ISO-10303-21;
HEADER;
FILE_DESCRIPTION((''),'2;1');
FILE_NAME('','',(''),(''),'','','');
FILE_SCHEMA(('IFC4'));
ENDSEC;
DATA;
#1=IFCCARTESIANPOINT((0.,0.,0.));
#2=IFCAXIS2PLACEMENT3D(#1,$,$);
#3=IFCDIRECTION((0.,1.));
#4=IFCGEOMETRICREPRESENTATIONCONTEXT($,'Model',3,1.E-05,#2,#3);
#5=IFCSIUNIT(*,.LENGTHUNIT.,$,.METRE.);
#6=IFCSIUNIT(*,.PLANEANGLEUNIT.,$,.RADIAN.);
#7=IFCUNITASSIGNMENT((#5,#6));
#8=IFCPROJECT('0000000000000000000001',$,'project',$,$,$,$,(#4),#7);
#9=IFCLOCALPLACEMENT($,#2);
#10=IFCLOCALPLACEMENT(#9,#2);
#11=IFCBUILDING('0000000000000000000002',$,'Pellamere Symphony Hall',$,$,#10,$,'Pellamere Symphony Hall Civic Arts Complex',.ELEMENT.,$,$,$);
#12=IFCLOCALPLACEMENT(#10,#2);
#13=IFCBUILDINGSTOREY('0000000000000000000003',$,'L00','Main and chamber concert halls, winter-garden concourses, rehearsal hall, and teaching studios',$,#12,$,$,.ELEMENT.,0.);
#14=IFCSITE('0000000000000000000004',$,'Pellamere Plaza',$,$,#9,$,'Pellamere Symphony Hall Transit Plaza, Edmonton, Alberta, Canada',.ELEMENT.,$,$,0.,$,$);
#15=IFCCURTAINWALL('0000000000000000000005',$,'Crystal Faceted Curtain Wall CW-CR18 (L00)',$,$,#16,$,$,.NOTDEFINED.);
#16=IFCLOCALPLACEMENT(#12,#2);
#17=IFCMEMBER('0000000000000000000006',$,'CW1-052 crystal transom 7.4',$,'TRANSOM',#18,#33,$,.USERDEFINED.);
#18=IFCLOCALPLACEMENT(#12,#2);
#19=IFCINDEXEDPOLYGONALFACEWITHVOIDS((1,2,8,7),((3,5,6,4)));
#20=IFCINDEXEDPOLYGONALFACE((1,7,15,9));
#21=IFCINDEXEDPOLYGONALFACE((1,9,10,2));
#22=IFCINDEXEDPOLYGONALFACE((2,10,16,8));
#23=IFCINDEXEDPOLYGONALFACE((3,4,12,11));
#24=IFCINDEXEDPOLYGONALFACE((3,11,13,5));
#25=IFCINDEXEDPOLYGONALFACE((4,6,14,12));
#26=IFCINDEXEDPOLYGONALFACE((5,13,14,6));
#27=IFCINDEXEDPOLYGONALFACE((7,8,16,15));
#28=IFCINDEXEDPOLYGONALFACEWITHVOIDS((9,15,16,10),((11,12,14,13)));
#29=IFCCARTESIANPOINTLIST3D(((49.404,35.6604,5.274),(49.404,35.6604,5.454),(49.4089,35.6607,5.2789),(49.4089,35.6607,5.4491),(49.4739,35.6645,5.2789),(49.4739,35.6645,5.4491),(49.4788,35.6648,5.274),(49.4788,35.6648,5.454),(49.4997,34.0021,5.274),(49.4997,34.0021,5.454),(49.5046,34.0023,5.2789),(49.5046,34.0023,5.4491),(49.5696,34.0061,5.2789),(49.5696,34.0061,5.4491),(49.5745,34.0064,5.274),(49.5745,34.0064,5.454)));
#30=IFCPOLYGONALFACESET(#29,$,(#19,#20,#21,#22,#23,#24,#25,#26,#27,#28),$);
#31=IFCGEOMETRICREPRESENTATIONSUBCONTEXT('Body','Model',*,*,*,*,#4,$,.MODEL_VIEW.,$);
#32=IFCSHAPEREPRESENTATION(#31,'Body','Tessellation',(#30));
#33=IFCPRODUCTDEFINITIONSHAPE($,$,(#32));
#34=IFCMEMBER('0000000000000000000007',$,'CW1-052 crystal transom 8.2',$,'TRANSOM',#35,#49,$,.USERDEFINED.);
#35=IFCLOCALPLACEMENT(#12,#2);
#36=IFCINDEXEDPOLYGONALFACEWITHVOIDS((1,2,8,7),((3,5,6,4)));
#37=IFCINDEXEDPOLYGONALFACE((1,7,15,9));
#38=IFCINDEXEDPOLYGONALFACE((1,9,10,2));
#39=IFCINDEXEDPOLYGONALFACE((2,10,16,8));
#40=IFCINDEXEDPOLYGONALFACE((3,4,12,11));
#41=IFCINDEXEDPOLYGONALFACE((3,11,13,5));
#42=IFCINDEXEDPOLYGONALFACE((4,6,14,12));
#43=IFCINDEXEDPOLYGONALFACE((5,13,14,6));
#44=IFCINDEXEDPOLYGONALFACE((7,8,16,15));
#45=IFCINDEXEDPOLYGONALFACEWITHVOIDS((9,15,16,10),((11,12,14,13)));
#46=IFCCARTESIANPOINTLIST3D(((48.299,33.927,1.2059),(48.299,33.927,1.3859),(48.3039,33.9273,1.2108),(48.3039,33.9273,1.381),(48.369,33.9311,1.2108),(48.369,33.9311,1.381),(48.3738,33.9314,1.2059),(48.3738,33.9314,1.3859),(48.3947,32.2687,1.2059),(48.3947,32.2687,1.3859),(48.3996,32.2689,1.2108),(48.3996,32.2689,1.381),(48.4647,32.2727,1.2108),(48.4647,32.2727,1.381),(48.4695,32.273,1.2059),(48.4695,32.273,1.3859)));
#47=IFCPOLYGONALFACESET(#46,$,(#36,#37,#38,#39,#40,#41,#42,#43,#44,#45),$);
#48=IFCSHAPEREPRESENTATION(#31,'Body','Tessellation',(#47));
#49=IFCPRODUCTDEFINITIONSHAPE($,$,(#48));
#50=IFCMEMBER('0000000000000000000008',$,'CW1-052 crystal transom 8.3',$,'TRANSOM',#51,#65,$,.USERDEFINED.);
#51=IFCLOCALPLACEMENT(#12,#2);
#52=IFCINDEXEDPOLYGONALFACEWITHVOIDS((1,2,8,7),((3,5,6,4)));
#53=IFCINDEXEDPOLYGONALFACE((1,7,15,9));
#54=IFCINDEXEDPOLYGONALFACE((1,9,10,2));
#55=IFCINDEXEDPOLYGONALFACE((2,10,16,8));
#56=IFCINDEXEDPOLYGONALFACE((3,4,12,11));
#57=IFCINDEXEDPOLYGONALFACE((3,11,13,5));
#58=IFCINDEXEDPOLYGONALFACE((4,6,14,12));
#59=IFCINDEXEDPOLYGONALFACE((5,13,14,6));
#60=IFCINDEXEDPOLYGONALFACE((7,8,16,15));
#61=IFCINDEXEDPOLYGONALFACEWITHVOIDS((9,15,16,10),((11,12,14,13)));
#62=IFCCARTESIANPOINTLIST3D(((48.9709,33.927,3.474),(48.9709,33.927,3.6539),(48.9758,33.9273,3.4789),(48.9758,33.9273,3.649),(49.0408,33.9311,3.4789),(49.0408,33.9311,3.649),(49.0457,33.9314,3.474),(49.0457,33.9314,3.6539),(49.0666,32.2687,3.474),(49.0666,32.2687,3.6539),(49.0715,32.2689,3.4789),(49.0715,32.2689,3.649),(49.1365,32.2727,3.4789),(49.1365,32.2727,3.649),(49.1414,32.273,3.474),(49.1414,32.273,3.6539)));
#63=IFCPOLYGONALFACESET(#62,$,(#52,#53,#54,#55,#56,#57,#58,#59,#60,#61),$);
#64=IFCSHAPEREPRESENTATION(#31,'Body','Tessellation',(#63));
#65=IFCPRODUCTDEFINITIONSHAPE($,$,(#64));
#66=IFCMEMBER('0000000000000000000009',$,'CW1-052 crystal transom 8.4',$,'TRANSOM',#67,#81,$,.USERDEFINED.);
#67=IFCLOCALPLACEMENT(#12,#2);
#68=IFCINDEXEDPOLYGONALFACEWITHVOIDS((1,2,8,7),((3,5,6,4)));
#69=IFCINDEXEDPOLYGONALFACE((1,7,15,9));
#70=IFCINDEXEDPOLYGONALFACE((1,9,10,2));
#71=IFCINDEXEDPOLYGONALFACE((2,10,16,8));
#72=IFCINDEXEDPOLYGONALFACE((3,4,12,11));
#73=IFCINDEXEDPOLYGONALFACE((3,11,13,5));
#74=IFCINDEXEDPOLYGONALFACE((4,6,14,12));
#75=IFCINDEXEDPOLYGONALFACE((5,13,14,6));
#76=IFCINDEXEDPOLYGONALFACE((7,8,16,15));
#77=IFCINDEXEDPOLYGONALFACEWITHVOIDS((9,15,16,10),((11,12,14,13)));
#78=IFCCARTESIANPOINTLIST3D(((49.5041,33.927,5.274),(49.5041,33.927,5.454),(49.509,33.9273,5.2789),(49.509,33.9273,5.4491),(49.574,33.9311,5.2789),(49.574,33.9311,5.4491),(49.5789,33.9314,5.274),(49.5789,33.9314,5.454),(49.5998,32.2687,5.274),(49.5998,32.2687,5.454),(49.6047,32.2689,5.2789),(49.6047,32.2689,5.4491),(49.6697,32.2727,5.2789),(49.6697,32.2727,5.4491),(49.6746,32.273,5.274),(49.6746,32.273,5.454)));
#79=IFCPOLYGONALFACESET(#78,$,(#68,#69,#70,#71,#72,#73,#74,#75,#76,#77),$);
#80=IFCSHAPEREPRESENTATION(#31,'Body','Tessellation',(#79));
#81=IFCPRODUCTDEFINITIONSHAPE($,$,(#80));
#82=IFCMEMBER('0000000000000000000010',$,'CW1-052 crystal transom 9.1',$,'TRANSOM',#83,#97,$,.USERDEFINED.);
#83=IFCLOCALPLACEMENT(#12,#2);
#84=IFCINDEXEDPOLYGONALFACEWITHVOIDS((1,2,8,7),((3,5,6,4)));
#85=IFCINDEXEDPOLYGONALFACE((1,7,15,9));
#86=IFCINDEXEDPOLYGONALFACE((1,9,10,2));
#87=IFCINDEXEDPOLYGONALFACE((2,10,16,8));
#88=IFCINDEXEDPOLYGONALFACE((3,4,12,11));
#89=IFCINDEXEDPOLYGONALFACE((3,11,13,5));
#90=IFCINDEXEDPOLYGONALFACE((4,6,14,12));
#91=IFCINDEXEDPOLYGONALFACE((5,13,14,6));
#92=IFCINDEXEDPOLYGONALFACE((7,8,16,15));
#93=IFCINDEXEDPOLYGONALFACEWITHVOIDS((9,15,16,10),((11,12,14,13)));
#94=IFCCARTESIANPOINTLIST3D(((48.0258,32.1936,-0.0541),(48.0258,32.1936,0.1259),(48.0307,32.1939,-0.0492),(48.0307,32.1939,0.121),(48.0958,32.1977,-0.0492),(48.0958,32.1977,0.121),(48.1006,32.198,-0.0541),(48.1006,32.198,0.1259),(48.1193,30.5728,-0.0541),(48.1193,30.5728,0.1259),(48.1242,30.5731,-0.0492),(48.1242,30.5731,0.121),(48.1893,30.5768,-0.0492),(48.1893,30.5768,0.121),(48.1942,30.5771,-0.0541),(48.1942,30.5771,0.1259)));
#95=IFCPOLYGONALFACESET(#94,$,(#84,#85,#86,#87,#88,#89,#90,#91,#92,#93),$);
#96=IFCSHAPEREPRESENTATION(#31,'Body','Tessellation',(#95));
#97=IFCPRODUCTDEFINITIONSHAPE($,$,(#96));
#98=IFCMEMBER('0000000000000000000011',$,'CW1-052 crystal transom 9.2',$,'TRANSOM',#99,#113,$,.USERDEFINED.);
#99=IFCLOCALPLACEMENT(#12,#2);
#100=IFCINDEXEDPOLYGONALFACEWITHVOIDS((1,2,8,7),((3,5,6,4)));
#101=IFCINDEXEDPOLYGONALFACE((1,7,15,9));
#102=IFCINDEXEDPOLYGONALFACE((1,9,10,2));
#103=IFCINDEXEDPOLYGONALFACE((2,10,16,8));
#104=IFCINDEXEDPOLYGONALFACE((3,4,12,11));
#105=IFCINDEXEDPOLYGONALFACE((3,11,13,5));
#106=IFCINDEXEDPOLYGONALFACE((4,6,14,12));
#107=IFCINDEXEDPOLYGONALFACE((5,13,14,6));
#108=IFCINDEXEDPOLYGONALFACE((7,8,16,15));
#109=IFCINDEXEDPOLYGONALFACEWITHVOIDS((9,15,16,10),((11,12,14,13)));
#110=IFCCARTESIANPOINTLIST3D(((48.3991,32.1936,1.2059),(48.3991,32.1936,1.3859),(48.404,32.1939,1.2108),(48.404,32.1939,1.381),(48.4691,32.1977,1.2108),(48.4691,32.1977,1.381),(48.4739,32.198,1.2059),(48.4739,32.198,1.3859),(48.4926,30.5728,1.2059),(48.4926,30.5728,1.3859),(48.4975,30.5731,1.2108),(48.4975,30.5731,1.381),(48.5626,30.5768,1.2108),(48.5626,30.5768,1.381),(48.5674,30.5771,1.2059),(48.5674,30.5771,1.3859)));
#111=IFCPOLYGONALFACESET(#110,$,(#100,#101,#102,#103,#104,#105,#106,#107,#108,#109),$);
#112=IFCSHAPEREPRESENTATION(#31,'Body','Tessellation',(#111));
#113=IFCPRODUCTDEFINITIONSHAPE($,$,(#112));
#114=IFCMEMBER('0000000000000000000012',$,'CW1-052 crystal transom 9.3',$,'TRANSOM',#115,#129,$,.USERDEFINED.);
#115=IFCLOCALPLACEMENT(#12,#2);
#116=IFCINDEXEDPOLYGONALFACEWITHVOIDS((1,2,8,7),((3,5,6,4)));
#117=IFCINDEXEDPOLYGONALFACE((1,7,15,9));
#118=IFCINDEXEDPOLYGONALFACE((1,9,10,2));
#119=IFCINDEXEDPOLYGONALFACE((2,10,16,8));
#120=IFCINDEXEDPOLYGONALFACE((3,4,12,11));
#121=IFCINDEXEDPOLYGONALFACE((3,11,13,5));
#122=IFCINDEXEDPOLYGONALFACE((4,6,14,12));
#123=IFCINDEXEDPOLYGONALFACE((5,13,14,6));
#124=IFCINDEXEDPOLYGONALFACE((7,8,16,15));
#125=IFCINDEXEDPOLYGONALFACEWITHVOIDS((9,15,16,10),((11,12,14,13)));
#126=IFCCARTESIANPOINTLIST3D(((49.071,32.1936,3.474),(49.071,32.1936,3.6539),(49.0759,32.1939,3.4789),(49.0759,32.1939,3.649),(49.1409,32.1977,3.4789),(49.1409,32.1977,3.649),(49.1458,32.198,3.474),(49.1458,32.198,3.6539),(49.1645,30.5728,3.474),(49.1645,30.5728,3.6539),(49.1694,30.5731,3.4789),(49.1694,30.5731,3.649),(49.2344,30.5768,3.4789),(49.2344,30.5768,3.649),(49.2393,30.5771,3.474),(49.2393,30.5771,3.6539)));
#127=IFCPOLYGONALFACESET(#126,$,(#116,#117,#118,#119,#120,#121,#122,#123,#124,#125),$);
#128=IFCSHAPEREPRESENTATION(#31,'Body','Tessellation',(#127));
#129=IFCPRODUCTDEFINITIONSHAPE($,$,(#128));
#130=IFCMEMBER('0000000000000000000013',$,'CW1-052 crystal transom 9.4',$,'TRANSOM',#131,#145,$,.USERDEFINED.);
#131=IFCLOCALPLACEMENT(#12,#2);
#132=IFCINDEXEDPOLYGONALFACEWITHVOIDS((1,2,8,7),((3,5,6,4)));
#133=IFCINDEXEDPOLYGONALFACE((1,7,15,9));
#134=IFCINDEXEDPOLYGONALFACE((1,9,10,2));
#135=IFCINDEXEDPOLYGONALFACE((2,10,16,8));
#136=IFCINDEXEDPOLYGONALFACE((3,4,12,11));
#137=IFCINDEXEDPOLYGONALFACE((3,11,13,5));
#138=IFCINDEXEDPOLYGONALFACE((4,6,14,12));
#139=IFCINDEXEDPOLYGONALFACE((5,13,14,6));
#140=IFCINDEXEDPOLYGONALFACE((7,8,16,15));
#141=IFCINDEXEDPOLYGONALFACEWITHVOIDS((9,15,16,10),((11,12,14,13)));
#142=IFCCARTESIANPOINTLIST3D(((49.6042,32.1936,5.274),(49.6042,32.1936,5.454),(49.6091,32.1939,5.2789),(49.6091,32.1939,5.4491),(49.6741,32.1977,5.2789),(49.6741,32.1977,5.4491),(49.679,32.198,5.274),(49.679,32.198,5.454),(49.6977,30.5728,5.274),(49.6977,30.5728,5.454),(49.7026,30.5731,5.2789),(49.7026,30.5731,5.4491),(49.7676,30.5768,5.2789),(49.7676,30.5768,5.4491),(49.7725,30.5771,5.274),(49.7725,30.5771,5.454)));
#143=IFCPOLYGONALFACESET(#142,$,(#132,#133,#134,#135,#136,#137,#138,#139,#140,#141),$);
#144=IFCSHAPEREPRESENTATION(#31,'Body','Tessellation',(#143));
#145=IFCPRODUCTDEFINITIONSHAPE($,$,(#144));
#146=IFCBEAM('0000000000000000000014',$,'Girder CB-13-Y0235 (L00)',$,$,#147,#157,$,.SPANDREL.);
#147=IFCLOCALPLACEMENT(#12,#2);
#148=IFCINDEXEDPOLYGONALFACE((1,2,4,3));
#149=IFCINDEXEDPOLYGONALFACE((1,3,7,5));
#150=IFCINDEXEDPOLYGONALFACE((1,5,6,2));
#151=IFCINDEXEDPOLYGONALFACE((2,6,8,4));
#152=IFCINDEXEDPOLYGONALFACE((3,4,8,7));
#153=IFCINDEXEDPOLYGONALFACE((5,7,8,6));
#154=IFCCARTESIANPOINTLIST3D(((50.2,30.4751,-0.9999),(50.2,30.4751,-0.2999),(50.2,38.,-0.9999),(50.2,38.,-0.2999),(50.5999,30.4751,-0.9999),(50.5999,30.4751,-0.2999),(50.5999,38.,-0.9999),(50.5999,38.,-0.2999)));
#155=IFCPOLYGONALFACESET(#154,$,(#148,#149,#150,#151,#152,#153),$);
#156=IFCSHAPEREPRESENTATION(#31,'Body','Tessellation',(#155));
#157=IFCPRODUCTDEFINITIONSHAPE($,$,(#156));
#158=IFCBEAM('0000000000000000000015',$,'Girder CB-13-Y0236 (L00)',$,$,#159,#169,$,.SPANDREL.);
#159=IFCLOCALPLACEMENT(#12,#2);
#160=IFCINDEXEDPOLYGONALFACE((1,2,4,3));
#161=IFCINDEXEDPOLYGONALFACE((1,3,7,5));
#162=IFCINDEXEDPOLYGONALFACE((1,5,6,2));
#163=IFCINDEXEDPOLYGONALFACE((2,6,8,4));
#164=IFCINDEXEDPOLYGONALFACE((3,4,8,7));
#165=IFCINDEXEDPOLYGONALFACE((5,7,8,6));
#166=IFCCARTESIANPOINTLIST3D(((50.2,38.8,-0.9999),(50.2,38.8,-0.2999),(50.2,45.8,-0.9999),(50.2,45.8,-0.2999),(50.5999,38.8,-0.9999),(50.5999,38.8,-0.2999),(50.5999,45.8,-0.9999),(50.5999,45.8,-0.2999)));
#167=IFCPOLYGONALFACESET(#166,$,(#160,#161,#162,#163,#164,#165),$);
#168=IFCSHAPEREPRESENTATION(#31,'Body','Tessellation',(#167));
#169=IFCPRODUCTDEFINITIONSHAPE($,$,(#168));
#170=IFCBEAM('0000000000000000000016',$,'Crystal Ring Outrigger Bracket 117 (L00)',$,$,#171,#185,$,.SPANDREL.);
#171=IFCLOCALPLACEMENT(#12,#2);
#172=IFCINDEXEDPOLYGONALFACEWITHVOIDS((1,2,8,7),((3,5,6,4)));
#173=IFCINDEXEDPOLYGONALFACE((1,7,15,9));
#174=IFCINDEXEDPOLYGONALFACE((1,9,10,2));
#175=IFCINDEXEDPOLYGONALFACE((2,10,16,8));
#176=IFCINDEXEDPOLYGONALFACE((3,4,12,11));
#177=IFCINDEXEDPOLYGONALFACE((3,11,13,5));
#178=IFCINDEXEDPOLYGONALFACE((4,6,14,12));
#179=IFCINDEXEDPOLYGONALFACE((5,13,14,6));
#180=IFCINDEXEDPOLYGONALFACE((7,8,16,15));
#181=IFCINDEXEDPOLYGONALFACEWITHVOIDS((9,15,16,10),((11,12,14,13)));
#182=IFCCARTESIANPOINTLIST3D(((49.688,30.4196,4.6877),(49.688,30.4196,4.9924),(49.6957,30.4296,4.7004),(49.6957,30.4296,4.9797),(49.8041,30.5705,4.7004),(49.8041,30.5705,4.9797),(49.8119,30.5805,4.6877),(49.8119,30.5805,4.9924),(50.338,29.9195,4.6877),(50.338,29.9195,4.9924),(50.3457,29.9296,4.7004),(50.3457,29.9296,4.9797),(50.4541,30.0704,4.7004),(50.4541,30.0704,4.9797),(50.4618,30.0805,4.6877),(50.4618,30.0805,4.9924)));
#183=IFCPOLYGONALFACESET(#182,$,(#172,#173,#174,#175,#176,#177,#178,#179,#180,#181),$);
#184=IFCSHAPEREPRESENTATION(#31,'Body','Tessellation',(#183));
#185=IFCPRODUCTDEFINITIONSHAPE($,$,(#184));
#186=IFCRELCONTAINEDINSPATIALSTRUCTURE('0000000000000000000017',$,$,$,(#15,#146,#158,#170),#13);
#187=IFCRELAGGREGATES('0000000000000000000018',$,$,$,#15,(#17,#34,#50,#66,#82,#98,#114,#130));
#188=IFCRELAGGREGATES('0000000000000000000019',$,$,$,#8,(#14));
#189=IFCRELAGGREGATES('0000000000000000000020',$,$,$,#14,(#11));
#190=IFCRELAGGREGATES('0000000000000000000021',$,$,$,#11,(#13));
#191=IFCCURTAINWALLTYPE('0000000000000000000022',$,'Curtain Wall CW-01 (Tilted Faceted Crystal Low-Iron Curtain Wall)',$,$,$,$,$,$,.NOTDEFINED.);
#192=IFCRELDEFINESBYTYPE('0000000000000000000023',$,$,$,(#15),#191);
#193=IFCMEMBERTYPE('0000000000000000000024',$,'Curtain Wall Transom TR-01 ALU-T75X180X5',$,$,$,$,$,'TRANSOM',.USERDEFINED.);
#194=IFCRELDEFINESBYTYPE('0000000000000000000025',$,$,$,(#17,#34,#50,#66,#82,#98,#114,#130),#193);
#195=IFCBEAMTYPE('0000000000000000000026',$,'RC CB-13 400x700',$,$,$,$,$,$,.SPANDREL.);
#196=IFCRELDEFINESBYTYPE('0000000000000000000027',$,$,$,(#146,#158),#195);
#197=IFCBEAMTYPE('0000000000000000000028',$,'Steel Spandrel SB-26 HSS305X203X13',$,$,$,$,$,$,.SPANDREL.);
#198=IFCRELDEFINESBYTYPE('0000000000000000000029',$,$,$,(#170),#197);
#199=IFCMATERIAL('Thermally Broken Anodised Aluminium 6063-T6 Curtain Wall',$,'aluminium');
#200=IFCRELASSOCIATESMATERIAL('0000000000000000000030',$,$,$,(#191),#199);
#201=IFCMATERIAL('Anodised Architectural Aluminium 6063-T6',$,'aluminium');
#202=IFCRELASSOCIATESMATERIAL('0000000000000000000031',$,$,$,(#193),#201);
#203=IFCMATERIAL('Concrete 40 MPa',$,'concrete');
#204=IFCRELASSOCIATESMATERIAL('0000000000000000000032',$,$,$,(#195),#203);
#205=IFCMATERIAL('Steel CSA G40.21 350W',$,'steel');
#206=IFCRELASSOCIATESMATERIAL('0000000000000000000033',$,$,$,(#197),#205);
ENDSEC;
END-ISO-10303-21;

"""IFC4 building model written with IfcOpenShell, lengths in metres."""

from ifc_helpers import new_model, si_unit, direction, frame, origin, origin_2d, place, context, subcontext, project, spatial, rectangle, hollow_rectangle, extrude, material, material_profile, profile_set, type_object, element, aggregate, save


model = new_model("IFC4")

# Units and contexts
model_context = context("Model", 3, precision=1e-05, world=origin(), true_north=direction((0.0, 1.0)))
body_context = subcontext(model_context, "Body", "Model", "MODEL_VIEW")
ifc_project = project(units=[si_unit("LENGTHUNIT", "METRE"), si_unit("PLANEANGLEUNIT", "RADIAN")], contexts=[model_context])

# Site, building, storey
site_placement = place(None, origin())
site = spatial("IfcSite", under=ifc_project, at=site_placement, Name="Pellamere Plaza", LongName="Pellamere Symphony Hall Transit Plaza, Edmonton, Alberta, Canada", CompositionType="ELEMENT", RefElevation=0.0)
building_placement = place(site_placement, origin())
building = spatial("IfcBuilding", under=site, at=building_placement, Name="Pellamere Symphony Hall", LongName="Pellamere Symphony Hall Civic Arts Complex", CompositionType="ELEMENT")
storey_placement = place(building_placement, origin())
storey = spatial("IfcBuildingStorey", under=building, at=storey_placement, Name="L00", Description="Main and chamber concert halls, winter-garden concourses, rehearsal hall, and teaching studios", CompositionType="ELEMENT", Elevation=0.0)

# Shared definitions
ifc_material_1 = material(Name="Concrete 40 MPa", Category="concrete")

# Curtain wall, members
ifc_material_2 = material(Name="Thermally Broken Anodised Aluminium 6063-T6 Curtain Wall", Category="aluminium")
curtain_wall_type = type_object("IfcCurtainWallType", Name="Curtain Wall CW-01 (Tilted Faceted Crystal Low-Iron Curtain Wall)", PredefinedType="NOTDEFINED", material=ifc_material_2)
curtain_wall_placement = place(storey_placement, origin())
curtain_wall = element("IfcCurtainWall", 1, at=curtain_wall_placement, inside=storey, type_object=curtain_wall_type, Name="Crystal Faceted Curtain Wall CW-CR18 (L00)", PredefinedType="NOTDEFINED")
ifc_material_3 = material(Name="Anodised Architectural Aluminium 6063-T6", Category="aluminium")
ifc_material_profile_1 = material_profile(ifc_material_3, hollow_rectangle(XDim=0.075, YDim=0.1799, WallThickness=0.0049, at=origin_2d()), Name="ALU-T75X180X5")
ifc_profile_set_1 = profile_set([ifc_material_profile_1], Name="Anodised Architectural Aluminium 6063-T6")
member_type_1 = type_object("IfcMemberType", Name="Curtain Wall Transom TR-01 ALU-T75X180X5", ElementType="TRANSOM", PredefinedType="USERDEFINED", material=ifc_profile_set_1)
member_1_placement = place(storey_placement, frame((49.4414, 35.6626, 5.364), z_axis=(0.057611, -0.998339, 0.0), x_axis=(0.998339, 0.057611, 0.0)))
member_1 = element("IfcMember", 2, at=member_1_placement, type_object=member_type_1, Name="CW1-052 crystal transom 7.4", ObjectType="TRANSOM", PredefinedType="USERDEFINED", context=body_context, shape_type="SweptSolid", body=[
    extrude(hollow_rectangle(XDim=0.075, YDim=0.1799, WallThickness=0.0049, at=origin_2d()), origin(), (0.0, 0.0, 1.0), 1.6611),
])
member_2_placement = place(storey_placement, frame((48.3364, 33.9292, 1.2959), z_axis=(0.057611, -0.998339, 0.0), x_axis=(0.998339, 0.057611, 0.0)))
member_2 = element("IfcMember", 3, at=member_2_placement, type_object=member_type_1, Name="CW1-052 crystal transom 8.2", ObjectType="TRANSOM", PredefinedType="USERDEFINED", context=body_context, shape_type="SweptSolid", body=[
    extrude(hollow_rectangle(XDim=0.075, YDim=0.1799, WallThickness=0.0049, at=origin_2d()), origin(), (0.0, 0.0, 1.0), 1.6611),
])
member_3_placement = place(storey_placement, frame((49.0083, 33.9292, 3.564), z_axis=(0.057611, -0.998339, 0.0), x_axis=(0.998339, 0.057611, 0.0)))
member_3 = element("IfcMember", 4, at=member_3_placement, type_object=member_type_1, Name="CW1-052 crystal transom 8.3", ObjectType="TRANSOM", PredefinedType="USERDEFINED", context=body_context, shape_type="SweptSolid", body=[
    extrude(hollow_rectangle(XDim=0.075, YDim=0.1799, WallThickness=0.0049, at=origin_2d()), origin(), (0.0, 0.0, 1.0), 1.6611),
])
member_4_placement = place(storey_placement, frame((49.5415, 33.9292, 5.364), z_axis=(0.057611, -0.998339, 0.0), x_axis=(0.998339, 0.057611, 0.0)))
member_4 = element("IfcMember", 5, at=member_4_placement, type_object=member_type_1, Name="CW1-052 crystal transom 8.4", ObjectType="TRANSOM", PredefinedType="USERDEFINED", context=body_context, shape_type="SweptSolid", body=[
    extrude(hollow_rectangle(XDim=0.075, YDim=0.1799, WallThickness=0.0049, at=origin_2d()), origin(), (0.0, 0.0, 1.0), 1.6611),
])
member_5_placement = place(storey_placement, frame((48.0632, 32.1958, 0.0359), z_axis=(0.057594, -0.99834, 0.0), x_axis=(0.99834, 0.057594, 0.0)))
member_5 = element("IfcMember", 6, at=member_5_placement, type_object=member_type_1, Name="CW1-052 crystal transom 9.1", ObjectType="TRANSOM", PredefinedType="USERDEFINED", context=body_context, shape_type="SweptSolid", body=[
    extrude(hollow_rectangle(XDim=0.075, YDim=0.1799, WallThickness=0.0049, at=origin_2d()), origin(), (0.0, 0.0, 1.0), 1.6235),
])
member_6_placement = place(storey_placement, frame((48.4365, 32.1958, 1.2959), z_axis=(0.057594, -0.99834, 0.0), x_axis=(0.99834, 0.057594, 0.0)))
member_6 = element("IfcMember", 7, at=member_6_placement, type_object=member_type_1, Name="CW1-052 crystal transom 9.2", ObjectType="TRANSOM", PredefinedType="USERDEFINED", context=body_context, shape_type="SweptSolid", body=[
    extrude(hollow_rectangle(XDim=0.075, YDim=0.1799, WallThickness=0.0049, at=origin_2d()), origin(), (0.0, 0.0, 1.0), 1.6235),
])
member_7_placement = place(storey_placement, frame((49.1084, 32.1958, 3.564), z_axis=(0.057594, -0.99834, 0.0), x_axis=(0.99834, 0.057594, 0.0)))
member_7 = element("IfcMember", 8, at=member_7_placement, type_object=member_type_1, Name="CW1-052 crystal transom 9.3", ObjectType="TRANSOM", PredefinedType="USERDEFINED", context=body_context, shape_type="SweptSolid", body=[
    extrude(hollow_rectangle(XDim=0.075, YDim=0.1799, WallThickness=0.0049, at=origin_2d()), origin(), (0.0, 0.0, 1.0), 1.6235),
])
member_8_placement = place(storey_placement, frame((49.6416, 32.1958, 5.364), z_axis=(0.057594, -0.99834, 0.0), x_axis=(0.99834, 0.057594, 0.0)))
member_8 = element("IfcMember", 9, at=member_8_placement, type_object=member_type_1, Name="CW1-052 crystal transom 9.4", ObjectType="TRANSOM", PredefinedType="USERDEFINED", context=body_context, shape_type="SweptSolid", body=[
    extrude(hollow_rectangle(XDim=0.075, YDim=0.1799, WallThickness=0.0049, at=origin_2d()), origin(), (0.0, 0.0, 1.0), 1.6235),
])

# Beams
ifc_material_profile_2 = material_profile(ifc_material_1, rectangle(XDim=0.3999, YDim=0.7, at=origin_2d()), Name="RC 400x700")
ifc_profile_set_2 = profile_set([ifc_material_profile_2], Name="Concrete 40 MPa")
beam_type_1 = type_object("IfcBeamType", Name="RC CB-13 400x700", PredefinedType="SPANDREL", material=ifc_profile_set_2)
beam_1_placement = place(storey_placement, frame((50.3999, 30.4751, -0.6499), z_axis=(0.0, 1.0, 0.0), x_axis=(-1.0, 0.0, 0.0)))
element("IfcBeam", 10, at=beam_1_placement, inside=storey, type_object=beam_type_1, Name="Girder CB-13-Y0235 (L00)", PredefinedType="SPANDREL", context=body_context, shape_type="SweptSolid", body=[
    extrude(rectangle(XDim=0.3999, YDim=0.7, at=origin_2d()), origin(), (0.0, 0.0, 1.0), 7.5249),
])
beam_2_placement = place(storey_placement, frame((50.3999, 38.8, -0.6499), z_axis=(0.0, 1.0, 0.0), x_axis=(-1.0, 0.0, 0.0)))
element("IfcBeam", 11, at=beam_2_placement, inside=storey, type_object=beam_type_1, Name="Girder CB-13-Y0236 (L00)", PredefinedType="SPANDREL", context=body_context, shape_type="SweptSolid", body=[
    extrude(rectangle(XDim=0.3999, YDim=0.7, at=origin_2d()), origin(), (0.0, 0.0, 1.0), 7.0),
])
ifc_material_4 = material(Name="Steel CSA G40.21 350W", Category="steel")
ifc_material_profile_3 = material_profile(ifc_material_4, hollow_rectangle(XDim=0.2031, YDim=0.3047, WallThickness=0.0127, at=origin_2d()), Name="HSS305X203X13")
ifc_profile_set_3 = profile_set([ifc_material_profile_3], Name="Steel CSA G40.21 350W")
beam_type_2 = type_object("IfcBeamType", Name="Steel Spandrel SB-26 HSS305X203X13", PredefinedType="SPANDREL", material=ifc_profile_set_3)
beam_3_placement = place(storey_placement, frame((50.3999, 30.0, 4.8401), z_axis=(-0.79258, 0.609768, 0.0), x_axis=(-0.609768, -0.79258, 0.0)))
element("IfcBeam", 12, at=beam_3_placement, inside=storey, type_object=beam_type_2, Name="Crystal Ring Outrigger Bracket 117 (L00)", PredefinedType="SPANDREL", context=body_context, shape_type="SweptSolid", body=[
    extrude(hollow_rectangle(XDim=0.2031, YDim=0.3047, WallThickness=0.0127, at=origin_2d()), origin(), (0.0, 0.0, 1.0), 0.8201),
])

aggregate(curtain_wall, [member_1, member_2, member_3, member_4, member_5, member_6, member_7, member_8])

save(model, "model.ifc")
